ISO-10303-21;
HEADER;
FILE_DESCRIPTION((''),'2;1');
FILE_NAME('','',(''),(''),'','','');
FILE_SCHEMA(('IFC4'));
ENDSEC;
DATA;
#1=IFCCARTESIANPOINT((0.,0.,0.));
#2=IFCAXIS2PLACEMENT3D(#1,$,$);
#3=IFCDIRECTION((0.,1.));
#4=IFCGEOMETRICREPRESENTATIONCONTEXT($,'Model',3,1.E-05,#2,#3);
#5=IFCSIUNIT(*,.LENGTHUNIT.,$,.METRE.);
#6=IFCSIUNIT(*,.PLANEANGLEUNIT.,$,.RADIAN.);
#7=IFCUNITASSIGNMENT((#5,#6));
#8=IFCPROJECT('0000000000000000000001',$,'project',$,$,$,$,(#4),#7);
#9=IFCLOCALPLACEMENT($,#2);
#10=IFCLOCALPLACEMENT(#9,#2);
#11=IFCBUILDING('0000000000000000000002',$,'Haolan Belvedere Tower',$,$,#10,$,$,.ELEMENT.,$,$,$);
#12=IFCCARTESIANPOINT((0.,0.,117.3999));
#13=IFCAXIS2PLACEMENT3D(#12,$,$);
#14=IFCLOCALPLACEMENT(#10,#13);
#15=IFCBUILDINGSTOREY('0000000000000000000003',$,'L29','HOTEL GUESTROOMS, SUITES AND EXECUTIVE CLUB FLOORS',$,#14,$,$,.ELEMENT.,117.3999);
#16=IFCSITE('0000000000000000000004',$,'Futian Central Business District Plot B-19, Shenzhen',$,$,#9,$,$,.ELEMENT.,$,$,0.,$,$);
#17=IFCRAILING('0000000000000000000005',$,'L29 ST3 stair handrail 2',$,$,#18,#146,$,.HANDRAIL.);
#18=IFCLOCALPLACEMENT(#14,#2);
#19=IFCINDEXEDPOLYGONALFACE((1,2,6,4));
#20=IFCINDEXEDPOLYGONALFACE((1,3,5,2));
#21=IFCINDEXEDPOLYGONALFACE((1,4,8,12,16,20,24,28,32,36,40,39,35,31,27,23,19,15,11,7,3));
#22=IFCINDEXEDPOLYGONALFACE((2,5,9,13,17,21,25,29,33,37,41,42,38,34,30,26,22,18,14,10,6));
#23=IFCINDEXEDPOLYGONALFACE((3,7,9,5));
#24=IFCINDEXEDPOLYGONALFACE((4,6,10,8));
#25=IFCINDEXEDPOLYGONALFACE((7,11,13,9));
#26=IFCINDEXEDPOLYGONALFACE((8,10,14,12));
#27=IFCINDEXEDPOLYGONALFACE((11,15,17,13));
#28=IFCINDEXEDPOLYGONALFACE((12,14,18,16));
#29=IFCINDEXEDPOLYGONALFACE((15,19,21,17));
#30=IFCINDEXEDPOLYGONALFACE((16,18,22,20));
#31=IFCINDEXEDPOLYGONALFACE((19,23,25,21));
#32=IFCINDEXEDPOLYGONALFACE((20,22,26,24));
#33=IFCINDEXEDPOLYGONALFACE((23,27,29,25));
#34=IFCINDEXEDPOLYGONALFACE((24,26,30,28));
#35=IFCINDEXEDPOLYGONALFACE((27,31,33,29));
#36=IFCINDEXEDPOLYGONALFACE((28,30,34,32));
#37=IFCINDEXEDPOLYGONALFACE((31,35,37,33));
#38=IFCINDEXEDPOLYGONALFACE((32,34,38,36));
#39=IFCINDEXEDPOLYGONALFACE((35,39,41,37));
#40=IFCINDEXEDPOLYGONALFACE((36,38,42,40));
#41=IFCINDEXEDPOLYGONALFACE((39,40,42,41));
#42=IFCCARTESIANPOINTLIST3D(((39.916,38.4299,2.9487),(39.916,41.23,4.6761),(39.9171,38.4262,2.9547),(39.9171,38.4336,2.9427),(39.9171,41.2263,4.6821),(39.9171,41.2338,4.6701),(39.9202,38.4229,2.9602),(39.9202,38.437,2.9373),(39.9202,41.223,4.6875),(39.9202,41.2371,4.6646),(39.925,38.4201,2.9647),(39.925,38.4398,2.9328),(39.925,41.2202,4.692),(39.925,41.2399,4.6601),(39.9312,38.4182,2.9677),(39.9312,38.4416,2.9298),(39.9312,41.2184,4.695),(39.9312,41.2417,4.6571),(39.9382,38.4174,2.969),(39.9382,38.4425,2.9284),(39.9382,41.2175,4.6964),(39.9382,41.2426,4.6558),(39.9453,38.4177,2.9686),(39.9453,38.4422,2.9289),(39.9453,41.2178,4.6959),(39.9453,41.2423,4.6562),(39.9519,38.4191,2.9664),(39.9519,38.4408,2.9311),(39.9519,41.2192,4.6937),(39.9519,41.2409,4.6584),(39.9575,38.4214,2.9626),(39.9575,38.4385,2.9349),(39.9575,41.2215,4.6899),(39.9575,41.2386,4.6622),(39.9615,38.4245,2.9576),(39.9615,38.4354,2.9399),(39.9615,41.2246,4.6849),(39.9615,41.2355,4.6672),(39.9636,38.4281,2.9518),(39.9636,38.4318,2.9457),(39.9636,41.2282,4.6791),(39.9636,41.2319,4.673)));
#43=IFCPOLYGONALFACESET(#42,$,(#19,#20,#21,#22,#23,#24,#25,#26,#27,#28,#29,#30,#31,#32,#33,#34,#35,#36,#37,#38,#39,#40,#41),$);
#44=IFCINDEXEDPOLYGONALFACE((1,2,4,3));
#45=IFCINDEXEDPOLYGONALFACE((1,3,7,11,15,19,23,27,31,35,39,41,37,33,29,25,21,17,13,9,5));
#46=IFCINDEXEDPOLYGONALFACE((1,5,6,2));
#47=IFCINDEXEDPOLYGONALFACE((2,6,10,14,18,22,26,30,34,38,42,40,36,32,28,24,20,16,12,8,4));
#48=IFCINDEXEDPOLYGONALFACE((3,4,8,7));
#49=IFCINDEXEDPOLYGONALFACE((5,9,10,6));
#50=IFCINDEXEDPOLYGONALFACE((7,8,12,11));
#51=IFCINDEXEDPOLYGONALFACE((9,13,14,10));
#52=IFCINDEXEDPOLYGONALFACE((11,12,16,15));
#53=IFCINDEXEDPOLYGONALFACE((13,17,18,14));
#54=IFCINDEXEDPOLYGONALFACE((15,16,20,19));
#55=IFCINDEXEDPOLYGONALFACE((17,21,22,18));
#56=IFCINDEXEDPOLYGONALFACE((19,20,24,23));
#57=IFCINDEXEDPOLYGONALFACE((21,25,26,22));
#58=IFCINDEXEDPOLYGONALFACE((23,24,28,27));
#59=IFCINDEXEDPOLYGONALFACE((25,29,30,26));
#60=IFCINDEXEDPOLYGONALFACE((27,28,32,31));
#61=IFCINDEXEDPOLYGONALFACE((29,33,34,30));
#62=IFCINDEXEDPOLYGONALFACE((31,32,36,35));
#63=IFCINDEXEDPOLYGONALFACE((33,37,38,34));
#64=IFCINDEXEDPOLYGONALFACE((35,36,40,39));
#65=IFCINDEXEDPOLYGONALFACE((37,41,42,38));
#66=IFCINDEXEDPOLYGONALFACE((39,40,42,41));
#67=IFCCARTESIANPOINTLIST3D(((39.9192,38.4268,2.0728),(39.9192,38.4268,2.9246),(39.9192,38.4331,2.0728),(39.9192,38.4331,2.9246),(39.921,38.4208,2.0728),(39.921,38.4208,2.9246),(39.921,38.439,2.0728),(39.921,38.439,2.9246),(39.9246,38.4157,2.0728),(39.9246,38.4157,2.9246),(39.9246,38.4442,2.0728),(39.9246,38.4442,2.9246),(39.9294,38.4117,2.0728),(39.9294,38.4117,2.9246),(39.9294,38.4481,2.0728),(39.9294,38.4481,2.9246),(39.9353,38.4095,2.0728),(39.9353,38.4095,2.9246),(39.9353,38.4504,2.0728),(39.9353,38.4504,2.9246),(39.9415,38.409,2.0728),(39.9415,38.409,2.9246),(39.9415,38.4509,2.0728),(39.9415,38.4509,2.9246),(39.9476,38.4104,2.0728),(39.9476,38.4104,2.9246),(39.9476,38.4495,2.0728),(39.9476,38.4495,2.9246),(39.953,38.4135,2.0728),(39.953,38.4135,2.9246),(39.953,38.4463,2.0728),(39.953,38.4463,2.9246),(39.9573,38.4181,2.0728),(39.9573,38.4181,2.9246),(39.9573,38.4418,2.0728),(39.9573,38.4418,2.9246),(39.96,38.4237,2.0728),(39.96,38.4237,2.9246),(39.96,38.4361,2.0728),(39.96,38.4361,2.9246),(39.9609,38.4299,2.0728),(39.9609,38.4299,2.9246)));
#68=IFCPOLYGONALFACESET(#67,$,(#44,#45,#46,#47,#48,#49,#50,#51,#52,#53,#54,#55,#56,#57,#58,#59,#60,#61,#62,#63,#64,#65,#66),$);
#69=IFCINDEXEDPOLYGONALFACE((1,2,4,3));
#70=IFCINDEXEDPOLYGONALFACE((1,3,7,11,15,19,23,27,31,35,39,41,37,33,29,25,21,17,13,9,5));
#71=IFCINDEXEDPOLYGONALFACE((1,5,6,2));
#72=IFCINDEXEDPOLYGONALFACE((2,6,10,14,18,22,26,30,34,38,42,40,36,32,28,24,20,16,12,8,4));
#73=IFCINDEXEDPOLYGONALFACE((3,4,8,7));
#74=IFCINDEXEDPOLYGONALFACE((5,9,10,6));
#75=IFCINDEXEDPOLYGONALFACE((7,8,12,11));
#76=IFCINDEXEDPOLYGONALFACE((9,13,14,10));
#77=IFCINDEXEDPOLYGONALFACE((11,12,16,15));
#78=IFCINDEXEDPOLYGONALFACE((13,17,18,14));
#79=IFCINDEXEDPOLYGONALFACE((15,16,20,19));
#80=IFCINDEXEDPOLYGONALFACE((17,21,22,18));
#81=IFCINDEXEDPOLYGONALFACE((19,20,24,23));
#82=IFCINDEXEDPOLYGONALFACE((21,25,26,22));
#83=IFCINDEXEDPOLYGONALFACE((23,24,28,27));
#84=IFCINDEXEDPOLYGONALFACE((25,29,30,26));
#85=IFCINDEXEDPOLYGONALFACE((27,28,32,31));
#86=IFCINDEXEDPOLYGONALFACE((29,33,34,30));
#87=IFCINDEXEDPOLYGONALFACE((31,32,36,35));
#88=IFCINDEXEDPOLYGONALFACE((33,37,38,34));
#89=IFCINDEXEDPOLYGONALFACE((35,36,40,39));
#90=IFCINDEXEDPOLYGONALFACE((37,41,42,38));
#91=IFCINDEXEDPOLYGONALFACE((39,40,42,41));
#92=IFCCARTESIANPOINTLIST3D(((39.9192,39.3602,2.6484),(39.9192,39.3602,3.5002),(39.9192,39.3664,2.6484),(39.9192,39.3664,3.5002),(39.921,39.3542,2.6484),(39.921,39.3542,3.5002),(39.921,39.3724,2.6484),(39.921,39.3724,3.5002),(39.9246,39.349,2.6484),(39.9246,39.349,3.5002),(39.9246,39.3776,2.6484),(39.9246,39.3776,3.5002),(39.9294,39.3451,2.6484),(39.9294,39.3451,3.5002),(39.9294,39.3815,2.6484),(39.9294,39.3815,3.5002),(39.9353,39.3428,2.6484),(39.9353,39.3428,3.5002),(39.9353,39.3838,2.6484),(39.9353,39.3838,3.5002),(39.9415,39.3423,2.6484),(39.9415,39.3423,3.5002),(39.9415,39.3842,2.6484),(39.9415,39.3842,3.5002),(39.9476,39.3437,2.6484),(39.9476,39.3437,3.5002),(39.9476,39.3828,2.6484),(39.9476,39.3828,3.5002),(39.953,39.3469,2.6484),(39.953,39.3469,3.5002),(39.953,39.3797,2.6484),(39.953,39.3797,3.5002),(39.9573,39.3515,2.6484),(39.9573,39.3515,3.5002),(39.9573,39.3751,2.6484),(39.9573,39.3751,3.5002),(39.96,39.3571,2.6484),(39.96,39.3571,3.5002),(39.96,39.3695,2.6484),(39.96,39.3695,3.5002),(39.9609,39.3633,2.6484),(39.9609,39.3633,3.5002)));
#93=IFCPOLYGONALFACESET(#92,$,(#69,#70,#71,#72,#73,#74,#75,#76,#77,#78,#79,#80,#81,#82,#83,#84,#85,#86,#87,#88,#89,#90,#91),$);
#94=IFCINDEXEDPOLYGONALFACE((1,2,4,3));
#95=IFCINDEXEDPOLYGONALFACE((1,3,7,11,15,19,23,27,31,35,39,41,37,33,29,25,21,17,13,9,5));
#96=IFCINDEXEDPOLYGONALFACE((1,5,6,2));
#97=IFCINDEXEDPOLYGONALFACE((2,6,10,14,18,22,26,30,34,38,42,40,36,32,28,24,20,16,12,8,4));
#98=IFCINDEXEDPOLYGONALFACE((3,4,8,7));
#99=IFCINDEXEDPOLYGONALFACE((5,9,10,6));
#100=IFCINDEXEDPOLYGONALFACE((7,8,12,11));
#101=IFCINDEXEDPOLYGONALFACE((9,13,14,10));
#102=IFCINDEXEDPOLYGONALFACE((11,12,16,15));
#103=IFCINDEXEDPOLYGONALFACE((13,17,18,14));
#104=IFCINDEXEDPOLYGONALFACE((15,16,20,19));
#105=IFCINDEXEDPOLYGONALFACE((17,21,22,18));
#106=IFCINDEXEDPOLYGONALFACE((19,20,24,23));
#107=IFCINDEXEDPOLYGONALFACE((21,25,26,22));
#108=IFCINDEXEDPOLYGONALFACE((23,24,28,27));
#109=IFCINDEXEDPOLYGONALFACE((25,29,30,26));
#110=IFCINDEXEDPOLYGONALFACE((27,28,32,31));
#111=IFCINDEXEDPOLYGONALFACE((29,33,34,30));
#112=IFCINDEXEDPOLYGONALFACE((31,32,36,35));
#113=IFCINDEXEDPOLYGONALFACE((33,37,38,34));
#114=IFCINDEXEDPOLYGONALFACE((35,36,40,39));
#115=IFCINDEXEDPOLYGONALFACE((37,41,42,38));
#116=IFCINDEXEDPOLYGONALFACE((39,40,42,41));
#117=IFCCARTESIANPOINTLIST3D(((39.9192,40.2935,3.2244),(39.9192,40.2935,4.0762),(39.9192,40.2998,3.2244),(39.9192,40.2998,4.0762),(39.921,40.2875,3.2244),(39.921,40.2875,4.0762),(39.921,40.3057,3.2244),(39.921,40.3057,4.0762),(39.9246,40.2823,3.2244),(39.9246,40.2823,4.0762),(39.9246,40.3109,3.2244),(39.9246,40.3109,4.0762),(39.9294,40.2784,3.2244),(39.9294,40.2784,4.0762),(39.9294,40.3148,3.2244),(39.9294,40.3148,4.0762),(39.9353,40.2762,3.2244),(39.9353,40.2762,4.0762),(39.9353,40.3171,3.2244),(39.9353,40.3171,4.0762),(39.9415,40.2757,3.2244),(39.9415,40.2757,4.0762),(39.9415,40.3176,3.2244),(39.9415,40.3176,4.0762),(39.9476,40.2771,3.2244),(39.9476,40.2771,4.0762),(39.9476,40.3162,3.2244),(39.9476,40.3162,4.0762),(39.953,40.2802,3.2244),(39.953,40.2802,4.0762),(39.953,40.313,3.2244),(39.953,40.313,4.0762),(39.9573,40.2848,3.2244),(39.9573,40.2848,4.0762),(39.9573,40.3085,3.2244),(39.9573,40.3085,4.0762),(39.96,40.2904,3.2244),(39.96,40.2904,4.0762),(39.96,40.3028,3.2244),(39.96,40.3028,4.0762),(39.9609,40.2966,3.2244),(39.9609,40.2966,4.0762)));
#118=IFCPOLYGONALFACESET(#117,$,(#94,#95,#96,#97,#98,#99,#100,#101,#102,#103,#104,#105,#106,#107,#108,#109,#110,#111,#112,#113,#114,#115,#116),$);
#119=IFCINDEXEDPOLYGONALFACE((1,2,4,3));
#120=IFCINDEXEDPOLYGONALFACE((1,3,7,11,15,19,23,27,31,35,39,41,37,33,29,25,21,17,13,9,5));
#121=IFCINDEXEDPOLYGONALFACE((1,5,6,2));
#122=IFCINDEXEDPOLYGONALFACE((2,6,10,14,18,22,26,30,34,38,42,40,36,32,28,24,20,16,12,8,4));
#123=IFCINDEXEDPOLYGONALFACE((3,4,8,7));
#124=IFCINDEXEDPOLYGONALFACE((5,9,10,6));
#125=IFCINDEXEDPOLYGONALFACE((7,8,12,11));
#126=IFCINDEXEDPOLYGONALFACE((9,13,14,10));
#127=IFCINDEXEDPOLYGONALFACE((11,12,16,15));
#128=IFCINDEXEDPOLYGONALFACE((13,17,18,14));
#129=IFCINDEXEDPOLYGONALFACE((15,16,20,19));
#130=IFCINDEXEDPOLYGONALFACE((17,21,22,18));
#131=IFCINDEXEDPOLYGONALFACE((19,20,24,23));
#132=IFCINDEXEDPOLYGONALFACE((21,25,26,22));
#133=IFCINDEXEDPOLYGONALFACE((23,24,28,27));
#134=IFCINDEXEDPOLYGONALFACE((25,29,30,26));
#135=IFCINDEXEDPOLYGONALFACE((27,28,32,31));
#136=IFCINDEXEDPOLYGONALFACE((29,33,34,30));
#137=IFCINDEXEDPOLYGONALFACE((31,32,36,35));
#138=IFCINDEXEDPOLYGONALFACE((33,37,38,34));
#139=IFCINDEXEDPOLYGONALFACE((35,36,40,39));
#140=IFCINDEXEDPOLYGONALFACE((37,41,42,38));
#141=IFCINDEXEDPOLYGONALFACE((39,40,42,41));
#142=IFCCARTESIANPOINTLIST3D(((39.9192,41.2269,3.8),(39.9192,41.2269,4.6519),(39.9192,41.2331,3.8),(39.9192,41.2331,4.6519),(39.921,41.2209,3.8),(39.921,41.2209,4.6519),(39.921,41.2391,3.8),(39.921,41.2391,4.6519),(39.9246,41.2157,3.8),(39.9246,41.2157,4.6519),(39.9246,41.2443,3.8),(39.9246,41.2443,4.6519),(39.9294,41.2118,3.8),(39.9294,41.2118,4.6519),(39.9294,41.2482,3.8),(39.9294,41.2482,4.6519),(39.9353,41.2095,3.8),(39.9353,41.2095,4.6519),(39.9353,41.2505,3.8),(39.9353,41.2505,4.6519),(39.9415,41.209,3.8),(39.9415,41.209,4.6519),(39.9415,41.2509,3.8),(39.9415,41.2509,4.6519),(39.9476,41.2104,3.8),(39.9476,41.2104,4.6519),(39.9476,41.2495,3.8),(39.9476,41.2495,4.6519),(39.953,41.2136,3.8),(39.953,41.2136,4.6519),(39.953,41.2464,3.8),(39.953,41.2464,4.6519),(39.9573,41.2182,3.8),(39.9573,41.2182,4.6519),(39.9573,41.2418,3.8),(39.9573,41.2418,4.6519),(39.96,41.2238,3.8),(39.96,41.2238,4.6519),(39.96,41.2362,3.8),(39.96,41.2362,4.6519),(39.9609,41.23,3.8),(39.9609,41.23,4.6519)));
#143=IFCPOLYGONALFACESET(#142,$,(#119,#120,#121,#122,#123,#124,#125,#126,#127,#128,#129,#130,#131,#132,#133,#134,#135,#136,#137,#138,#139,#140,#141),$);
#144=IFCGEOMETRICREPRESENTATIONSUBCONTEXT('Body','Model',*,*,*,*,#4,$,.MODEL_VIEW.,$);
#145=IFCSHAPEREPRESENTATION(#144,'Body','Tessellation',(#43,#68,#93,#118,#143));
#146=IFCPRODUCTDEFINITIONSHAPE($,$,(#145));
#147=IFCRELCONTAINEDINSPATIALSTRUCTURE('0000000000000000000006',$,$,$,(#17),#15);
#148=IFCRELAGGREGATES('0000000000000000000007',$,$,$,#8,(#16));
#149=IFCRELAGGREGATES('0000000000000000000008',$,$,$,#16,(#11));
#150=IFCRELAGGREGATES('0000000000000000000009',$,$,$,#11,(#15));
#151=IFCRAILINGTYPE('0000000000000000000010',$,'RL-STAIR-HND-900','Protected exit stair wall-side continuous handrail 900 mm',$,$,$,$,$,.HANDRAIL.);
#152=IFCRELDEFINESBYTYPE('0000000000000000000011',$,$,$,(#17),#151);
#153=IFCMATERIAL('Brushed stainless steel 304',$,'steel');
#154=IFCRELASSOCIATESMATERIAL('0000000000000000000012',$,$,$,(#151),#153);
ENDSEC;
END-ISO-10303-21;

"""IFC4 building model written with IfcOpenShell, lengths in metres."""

from ifc_helpers import new_model, si_unit, direction, frame, origin, origin_2d, place, context, subcontext, project, spatial, circle, extrude, material, type_object, element, save


model = new_model("IFC4")

# Units and contexts
model_context = context("Model", 3, precision=1e-05, world=origin(), true_north=direction((0.0, 1.0)))
body_context = subcontext(model_context, "Body", "Model", "MODEL_VIEW")
ifc_project = project(units=[si_unit("LENGTHUNIT", "METRE"), si_unit("PLANEANGLEUNIT", "RADIAN")], contexts=[model_context])

# Site, building, storey
site_placement = place(None, origin())
site = spatial("IfcSite", under=ifc_project, at=site_placement, Name="Futian Central Business District Plot B-19, Shenzhen", CompositionType="ELEMENT", RefElevation=0.0)
building_placement = place(site_placement, origin())
building = spatial("IfcBuilding", under=site, at=building_placement, Name="Haolan Belvedere Tower", CompositionType="ELEMENT")
storey_placement = place(building_placement, frame((0.0, 0.0, 117.3999)))
storey = spatial("IfcBuildingStorey", under=building, at=storey_placement, Name="L29", Description="HOTEL GUESTROOMS, SUITES AND EXECUTIVE CLUB FLOORS", CompositionType="ELEMENT", Elevation=117.3999)

# Railing
ifc_material_1 = material(Name="Brushed stainless steel 304", Category="steel")
railing_type_1 = type_object("IfcRailingType", Name="RL-STAIR-HND-900", Description="Protected exit stair wall-side continuous handrail 900 mm", PredefinedType="HANDRAIL", material=ifc_material_1)
railing_1_placement = place(storey_placement, frame((39.9399, 38.4299, 2.0728)))
element("IfcRailing", 1, at=railing_1_placement, inside=storey, type_object=railing_type_1, Name="L29 ST3 stair handrail 2", PredefinedType="HANDRAIL", context=body_context, shape_type="SweptSolid", body=[
    extrude(circle(Radius=0.0239, at=origin_2d()), frame((0.0, 0.0, 0.876), z_axis=(0.0, 0.85109, 0.52502), x_axis=(-1.0, 0.0, 0.0)), (0.0, 0.0, 1.0), 3.29),
    extrude(circle(Radius=0.021, at=origin_2d()), origin(), (0.0, 0.0, 1.0), 0.8518),
    extrude(circle(Radius=0.021, at=origin_2d()), frame((0.0, 0.9333, 0.5757)), (0.0, 0.0, 1.0), 0.8518),
    extrude(circle(Radius=0.021, at=origin_2d()), frame((0.0, 1.8667, 1.1516)), (0.0, 0.0, 1.0), 0.8518),
    extrude(circle(Radius=0.021, at=origin_2d()), frame((0.0, 2.8, 1.7273)), (0.0, 0.0, 1.0), 0.8518),
])

save(model, "model.ifc")
